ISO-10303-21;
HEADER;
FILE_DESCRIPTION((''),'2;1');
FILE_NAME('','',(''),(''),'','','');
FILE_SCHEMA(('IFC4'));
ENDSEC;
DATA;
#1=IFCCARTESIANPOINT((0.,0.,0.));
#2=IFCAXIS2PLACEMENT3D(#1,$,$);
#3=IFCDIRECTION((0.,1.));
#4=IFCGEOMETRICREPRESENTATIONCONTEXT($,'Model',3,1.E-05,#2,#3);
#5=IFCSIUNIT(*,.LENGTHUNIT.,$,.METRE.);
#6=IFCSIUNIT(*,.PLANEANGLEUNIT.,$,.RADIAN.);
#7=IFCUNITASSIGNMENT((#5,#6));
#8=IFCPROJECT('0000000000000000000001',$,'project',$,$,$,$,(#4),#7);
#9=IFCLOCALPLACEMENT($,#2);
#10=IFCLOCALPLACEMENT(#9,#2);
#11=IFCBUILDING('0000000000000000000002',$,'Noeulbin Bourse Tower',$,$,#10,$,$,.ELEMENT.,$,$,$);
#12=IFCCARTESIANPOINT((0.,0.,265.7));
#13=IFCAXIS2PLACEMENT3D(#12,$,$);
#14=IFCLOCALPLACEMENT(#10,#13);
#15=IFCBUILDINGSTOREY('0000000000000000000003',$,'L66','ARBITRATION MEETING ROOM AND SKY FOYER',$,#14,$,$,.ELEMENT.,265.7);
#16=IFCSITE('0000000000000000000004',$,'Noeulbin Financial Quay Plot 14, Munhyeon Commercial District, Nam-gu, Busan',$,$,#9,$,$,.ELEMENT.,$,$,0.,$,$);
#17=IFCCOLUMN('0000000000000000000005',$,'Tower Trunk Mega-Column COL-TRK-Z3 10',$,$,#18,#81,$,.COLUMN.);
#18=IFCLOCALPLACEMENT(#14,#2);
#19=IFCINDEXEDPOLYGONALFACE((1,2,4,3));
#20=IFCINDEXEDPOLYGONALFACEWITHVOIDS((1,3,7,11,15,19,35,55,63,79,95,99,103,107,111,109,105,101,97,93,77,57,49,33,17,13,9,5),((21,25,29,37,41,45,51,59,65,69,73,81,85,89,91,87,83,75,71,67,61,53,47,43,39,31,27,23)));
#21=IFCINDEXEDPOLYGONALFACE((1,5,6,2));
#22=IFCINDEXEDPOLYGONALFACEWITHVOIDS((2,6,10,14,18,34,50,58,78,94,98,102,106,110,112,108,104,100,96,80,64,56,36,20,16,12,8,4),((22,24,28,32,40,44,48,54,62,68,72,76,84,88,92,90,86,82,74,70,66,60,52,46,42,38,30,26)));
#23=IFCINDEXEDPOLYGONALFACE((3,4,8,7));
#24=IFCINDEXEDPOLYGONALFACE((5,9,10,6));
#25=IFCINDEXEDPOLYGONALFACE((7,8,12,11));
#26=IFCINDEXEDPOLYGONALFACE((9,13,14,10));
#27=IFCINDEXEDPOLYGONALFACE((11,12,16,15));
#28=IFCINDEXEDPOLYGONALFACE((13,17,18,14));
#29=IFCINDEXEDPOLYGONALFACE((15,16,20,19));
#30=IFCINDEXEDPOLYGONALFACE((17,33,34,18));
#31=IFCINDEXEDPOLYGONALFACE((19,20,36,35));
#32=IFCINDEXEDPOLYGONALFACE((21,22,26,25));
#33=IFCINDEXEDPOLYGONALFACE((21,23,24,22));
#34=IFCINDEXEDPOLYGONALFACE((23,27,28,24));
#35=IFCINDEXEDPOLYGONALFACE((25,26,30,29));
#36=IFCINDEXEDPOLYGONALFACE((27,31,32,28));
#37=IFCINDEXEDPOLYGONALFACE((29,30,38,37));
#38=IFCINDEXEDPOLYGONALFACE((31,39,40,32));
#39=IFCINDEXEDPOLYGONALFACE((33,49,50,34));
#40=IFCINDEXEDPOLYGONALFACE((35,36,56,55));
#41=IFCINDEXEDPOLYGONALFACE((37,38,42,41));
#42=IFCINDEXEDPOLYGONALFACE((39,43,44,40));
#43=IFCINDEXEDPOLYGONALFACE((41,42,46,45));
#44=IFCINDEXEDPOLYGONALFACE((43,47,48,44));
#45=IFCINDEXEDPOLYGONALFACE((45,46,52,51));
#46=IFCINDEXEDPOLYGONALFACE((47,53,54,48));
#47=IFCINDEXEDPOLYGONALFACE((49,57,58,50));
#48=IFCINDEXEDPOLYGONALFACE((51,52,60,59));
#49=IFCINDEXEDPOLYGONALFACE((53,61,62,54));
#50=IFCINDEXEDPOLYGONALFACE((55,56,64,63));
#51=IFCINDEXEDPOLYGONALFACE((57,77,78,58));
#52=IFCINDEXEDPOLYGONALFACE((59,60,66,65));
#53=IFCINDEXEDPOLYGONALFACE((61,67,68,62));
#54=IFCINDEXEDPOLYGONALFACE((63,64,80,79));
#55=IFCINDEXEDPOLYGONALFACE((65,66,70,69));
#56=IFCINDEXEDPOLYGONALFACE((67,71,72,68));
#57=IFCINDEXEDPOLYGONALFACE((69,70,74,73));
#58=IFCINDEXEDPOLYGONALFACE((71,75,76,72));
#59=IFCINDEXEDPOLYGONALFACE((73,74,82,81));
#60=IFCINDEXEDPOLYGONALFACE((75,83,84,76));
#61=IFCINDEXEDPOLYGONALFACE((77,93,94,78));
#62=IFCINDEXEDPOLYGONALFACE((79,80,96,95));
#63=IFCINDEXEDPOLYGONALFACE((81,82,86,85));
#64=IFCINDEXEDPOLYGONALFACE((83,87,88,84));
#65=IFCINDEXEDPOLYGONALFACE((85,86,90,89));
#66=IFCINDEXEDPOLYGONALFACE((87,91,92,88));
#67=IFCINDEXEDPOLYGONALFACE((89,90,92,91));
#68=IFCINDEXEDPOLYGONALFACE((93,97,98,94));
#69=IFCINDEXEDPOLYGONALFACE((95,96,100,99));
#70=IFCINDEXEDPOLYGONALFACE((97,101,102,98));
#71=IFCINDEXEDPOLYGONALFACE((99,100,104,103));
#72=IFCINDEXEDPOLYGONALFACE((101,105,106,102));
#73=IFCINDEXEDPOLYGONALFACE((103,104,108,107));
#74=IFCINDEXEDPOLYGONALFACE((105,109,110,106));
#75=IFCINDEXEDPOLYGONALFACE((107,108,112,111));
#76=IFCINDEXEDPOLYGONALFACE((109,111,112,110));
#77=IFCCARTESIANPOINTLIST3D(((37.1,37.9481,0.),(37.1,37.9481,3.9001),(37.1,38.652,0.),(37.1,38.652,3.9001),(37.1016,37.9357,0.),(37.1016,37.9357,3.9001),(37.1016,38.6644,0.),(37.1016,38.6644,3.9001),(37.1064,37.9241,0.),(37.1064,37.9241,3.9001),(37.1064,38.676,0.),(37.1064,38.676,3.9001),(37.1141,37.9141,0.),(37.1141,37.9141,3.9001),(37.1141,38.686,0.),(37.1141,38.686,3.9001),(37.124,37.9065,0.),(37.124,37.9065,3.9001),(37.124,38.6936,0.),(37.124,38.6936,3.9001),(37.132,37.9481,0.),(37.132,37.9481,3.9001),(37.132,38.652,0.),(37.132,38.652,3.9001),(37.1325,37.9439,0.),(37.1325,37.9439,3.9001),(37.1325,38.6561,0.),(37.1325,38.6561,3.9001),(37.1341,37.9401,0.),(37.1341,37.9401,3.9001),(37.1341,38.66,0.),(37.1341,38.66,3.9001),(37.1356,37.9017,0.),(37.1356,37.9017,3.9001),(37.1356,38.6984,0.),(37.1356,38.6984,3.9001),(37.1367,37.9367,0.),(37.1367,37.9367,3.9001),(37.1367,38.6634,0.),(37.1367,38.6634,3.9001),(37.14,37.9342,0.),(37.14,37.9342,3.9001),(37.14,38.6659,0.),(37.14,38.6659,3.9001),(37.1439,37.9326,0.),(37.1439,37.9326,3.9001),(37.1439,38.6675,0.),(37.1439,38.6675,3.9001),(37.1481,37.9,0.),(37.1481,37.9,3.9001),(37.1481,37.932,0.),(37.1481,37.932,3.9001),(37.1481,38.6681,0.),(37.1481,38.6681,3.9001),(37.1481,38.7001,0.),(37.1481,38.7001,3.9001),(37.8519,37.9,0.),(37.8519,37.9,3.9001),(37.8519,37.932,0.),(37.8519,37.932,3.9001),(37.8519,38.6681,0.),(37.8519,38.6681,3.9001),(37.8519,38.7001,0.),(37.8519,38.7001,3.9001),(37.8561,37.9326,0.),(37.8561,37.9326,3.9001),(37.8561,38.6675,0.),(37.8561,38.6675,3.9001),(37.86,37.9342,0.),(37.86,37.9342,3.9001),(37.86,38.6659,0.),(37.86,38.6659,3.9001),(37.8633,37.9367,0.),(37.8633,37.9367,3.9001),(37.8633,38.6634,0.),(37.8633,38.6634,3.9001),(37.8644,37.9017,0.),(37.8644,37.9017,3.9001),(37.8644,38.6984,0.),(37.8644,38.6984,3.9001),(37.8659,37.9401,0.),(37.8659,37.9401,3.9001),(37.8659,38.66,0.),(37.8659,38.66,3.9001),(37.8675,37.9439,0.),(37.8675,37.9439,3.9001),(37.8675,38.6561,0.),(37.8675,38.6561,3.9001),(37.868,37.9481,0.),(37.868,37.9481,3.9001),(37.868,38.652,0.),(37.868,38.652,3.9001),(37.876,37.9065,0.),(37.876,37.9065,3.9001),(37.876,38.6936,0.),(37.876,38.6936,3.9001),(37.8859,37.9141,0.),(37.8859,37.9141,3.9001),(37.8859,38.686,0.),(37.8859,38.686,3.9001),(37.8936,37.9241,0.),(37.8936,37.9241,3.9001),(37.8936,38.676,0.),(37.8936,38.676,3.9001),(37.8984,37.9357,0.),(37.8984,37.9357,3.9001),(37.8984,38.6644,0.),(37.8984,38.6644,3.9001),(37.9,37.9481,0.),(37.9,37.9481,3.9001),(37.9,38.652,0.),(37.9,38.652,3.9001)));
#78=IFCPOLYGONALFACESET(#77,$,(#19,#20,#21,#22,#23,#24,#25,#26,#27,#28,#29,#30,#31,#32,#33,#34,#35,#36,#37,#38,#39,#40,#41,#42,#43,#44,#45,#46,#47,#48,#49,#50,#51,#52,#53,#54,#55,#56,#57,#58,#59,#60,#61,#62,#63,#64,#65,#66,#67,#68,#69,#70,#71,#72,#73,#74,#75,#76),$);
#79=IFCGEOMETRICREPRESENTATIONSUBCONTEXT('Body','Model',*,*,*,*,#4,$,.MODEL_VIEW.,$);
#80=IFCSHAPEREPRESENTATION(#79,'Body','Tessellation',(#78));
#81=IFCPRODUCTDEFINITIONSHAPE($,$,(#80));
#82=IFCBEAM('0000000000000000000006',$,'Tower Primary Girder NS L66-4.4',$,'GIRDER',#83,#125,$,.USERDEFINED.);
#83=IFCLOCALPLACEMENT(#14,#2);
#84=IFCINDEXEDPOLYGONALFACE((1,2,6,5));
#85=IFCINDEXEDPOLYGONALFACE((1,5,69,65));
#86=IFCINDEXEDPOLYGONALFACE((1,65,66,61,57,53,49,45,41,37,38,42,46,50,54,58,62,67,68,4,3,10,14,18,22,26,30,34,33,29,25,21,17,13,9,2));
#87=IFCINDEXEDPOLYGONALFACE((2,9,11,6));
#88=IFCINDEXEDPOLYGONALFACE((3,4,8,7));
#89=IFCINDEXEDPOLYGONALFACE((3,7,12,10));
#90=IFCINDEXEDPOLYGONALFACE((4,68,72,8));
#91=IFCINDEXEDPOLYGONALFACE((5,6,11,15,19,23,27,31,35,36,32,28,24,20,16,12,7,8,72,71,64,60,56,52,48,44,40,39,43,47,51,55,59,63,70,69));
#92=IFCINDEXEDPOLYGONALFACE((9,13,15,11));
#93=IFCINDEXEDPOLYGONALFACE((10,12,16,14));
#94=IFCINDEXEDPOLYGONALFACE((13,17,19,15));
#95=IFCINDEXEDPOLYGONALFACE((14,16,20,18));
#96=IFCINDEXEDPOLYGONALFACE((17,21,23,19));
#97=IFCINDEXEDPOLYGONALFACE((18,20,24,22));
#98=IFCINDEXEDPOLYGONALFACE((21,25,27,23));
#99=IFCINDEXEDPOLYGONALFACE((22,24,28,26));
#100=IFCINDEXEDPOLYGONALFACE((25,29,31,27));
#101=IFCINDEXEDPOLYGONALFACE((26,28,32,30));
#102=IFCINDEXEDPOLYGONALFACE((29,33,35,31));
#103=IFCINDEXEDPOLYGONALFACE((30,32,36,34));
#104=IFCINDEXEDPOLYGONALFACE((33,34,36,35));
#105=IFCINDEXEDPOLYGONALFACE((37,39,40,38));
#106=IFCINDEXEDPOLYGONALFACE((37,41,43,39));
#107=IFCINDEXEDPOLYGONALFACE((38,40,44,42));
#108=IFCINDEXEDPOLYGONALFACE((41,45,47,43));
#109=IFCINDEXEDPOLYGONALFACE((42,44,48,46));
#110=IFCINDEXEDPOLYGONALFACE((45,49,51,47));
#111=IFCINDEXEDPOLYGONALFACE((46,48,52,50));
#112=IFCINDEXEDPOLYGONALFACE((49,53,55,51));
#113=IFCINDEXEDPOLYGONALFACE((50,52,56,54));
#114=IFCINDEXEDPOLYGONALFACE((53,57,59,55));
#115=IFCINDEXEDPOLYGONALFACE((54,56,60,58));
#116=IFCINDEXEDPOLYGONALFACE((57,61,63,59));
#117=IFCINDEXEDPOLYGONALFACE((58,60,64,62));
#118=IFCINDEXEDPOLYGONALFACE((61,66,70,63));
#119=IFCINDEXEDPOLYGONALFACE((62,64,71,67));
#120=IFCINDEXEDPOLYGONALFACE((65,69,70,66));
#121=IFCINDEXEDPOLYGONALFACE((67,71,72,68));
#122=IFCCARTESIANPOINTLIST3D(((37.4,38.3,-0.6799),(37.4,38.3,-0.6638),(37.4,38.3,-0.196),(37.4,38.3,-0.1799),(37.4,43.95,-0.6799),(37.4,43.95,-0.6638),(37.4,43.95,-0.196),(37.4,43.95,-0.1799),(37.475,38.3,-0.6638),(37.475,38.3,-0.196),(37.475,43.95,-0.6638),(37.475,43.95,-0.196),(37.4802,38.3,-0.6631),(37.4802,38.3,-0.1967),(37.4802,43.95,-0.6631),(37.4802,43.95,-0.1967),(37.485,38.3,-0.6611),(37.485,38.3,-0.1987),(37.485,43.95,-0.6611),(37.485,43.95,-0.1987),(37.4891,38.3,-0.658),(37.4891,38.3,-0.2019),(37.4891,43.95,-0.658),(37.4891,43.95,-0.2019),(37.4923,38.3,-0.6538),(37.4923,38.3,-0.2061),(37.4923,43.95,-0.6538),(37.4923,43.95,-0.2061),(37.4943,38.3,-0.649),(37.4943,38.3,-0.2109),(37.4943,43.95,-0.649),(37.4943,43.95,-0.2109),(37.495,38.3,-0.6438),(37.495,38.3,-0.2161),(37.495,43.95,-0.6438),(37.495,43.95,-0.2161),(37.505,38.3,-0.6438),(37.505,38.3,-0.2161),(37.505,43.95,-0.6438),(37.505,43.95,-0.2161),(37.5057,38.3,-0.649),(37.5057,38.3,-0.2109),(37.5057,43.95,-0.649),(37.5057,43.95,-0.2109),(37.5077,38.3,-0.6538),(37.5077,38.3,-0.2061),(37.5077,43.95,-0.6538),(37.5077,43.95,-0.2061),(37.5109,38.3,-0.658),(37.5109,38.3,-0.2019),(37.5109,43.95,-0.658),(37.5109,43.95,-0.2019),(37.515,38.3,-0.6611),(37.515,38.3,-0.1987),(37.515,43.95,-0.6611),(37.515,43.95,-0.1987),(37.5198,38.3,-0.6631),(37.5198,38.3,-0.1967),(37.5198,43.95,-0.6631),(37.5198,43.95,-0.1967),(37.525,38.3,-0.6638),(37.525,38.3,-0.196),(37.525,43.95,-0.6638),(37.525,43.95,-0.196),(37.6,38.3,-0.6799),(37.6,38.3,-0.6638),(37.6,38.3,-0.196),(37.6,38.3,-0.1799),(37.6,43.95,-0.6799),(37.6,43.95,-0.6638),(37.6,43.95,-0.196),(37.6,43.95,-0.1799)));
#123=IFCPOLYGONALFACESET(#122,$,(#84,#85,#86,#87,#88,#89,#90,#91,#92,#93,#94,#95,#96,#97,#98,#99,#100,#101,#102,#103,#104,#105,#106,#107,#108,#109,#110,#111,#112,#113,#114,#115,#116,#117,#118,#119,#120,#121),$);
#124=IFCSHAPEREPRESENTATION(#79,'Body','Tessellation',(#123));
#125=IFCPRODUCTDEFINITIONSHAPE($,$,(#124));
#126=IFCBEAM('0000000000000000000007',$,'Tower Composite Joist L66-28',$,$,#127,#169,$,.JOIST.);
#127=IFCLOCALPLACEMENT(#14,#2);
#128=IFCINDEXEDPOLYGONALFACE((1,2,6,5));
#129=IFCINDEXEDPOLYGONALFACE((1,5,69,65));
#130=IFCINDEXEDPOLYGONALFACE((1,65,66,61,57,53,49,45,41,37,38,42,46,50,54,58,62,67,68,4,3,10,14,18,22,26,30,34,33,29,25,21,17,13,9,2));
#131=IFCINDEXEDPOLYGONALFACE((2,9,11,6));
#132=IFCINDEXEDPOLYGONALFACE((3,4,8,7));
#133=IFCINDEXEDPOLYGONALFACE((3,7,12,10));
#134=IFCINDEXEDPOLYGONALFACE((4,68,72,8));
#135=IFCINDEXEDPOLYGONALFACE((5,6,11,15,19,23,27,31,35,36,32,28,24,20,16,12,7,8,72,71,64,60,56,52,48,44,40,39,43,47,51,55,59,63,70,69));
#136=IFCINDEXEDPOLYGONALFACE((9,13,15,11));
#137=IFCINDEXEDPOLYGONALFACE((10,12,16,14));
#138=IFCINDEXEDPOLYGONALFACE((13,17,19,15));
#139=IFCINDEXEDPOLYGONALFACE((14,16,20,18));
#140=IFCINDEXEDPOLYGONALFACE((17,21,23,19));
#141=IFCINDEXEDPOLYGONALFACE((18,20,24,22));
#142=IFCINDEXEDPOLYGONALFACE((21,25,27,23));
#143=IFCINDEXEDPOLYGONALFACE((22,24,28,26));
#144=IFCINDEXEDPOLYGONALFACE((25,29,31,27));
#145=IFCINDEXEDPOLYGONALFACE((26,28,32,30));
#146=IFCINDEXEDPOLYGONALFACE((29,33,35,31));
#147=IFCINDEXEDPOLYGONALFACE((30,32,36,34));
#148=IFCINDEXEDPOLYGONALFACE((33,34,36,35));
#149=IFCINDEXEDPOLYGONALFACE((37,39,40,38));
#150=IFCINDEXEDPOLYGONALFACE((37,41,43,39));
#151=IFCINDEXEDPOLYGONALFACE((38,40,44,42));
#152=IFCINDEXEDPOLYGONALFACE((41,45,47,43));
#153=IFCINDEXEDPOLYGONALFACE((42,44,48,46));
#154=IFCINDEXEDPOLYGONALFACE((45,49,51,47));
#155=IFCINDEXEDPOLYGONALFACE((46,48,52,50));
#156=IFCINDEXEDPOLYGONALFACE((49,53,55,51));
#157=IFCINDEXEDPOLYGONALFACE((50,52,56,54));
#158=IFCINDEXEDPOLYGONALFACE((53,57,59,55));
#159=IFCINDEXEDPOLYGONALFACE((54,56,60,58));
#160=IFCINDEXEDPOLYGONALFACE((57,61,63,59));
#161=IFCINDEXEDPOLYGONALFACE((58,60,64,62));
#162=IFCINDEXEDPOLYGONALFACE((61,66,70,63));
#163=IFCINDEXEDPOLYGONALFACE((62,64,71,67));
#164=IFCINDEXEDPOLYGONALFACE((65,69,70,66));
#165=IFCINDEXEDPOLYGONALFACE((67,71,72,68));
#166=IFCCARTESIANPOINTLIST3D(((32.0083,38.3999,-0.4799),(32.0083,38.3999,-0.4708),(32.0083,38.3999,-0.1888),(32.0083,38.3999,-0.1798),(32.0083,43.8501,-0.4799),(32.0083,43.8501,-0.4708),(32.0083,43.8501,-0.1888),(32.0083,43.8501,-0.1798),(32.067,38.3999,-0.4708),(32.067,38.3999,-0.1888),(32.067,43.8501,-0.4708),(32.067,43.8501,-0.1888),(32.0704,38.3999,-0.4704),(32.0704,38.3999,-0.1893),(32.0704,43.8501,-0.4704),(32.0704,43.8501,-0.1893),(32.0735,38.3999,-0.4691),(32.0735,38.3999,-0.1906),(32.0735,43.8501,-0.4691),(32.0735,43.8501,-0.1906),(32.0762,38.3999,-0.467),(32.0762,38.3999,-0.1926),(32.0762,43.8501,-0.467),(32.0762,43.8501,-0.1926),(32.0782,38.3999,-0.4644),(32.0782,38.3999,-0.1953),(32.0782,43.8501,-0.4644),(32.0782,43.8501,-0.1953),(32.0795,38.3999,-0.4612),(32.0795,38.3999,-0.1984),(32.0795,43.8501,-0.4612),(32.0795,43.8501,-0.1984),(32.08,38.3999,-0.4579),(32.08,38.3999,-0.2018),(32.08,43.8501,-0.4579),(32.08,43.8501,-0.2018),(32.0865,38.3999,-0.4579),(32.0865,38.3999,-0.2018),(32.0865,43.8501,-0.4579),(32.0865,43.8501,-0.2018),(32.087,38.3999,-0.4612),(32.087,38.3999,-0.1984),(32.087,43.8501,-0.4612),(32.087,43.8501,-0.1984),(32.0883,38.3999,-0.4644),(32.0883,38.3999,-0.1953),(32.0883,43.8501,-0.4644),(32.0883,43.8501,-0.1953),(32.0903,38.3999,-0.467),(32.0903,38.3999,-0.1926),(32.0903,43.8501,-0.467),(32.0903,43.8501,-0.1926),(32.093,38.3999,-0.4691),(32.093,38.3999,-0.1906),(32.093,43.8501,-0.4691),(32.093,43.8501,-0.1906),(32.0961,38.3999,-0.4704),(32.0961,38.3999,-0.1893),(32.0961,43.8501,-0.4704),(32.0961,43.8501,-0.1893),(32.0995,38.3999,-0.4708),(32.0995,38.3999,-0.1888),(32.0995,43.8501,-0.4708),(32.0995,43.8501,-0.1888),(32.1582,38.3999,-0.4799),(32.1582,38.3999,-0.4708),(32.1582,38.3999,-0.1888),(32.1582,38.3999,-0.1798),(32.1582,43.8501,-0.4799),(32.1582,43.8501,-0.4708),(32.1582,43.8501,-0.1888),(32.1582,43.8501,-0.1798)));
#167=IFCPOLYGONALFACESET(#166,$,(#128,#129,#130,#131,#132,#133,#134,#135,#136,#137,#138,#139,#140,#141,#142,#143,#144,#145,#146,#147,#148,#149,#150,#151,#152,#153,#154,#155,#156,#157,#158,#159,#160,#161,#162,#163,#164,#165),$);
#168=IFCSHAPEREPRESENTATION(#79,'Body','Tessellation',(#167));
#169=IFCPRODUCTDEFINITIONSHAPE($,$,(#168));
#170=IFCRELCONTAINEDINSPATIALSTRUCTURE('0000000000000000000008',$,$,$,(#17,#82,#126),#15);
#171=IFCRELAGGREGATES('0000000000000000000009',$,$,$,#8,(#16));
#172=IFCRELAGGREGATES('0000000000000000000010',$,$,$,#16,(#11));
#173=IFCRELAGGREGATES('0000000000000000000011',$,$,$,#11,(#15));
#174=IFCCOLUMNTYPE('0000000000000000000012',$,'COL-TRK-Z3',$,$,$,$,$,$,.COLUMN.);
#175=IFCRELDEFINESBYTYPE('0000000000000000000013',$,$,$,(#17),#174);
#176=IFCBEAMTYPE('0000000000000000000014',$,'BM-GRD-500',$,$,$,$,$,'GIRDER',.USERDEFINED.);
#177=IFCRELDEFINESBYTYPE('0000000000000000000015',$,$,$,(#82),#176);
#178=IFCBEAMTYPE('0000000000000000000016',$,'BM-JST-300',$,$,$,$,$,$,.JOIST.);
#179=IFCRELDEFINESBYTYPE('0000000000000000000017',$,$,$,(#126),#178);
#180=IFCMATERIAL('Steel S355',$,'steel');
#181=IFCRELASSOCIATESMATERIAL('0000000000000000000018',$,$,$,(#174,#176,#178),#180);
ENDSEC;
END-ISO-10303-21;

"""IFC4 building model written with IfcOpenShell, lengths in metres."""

from ifc_helpers import new_model, si_unit, direction, frame, origin, origin_2d, place, context, subcontext, project, spatial, hollow_rectangle, i_section, extrude, material, material_profile, profile_set, type_object, element, save


model = new_model("IFC4")

# Units and contexts
model_context = context("Model", 3, precision=1e-05, world=origin(), true_north=direction((0.0, 1.0)))
body_context = subcontext(model_context, "Body", "Model", "MODEL_VIEW")
ifc_project = project(units=[si_unit("LENGTHUNIT", "METRE"), si_unit("PLANEANGLEUNIT", "RADIAN")], contexts=[model_context])

# Site, building, storey
site_placement = place(None, origin())
site = spatial("IfcSite", under=ifc_project, at=site_placement, Name="Noeulbin Financial Quay Plot 14, Munhyeon Commercial District, Nam-gu, Busan", CompositionType="ELEMENT", RefElevation=0.0)
building_placement = place(site_placement, origin())
building = spatial("IfcBuilding", under=site, at=building_placement, Name="Noeulbin Bourse Tower", CompositionType="ELEMENT")
storey_placement = place(building_placement, frame((0.0, 0.0, 265.7)))
storey = spatial("IfcBuildingStorey", under=building, at=storey_placement, Name="L66", Description="ARBITRATION MEETING ROOM AND SKY FOYER", CompositionType="ELEMENT", Elevation=265.7)

# Column
ifc_material_1 = material(Name="Steel S355", Category="steel")
ifc_material_profile_1 = material_profile(ifc_material_1, hollow_rectangle(XDim=0.8, YDim=0.8, WallThickness=0.032, InnerFilletRadius=0.0161, OuterFilletRadius=0.0481, at=origin_2d()), Name="BOX-800x800x32", Category="LoadBearing")
ifc_profile_set_1 = profile_set([ifc_material_profile_1], Name="Steel S355")
column_type = type_object("IfcColumnType", Name="COL-TRK-Z3", PredefinedType="COLUMN", material=ifc_profile_set_1)
column_placement = place(storey_placement, frame((37.5, 38.3, 0.0), z_axis=(0.0, 0.0, 1.0), x_axis=(1.0, 0.0, 0.0)))
element("IfcColumn", 1, at=column_placement, inside=storey, type_object=column_type, Name="Tower Trunk Mega-Column COL-TRK-Z3 10", PredefinedType="COLUMN", context=body_context, shape_type="SweptSolid", body=[
    extrude(hollow_rectangle(XDim=0.8, YDim=0.8, WallThickness=0.032, InnerFilletRadius=0.0161, OuterFilletRadius=0.0481, at=origin_2d()), origin(), (0.0, 0.0, 1.0), 3.9001),
])

# Beams
ifc_material_profile_2 = material_profile(ifc_material_1, i_section(OverallWidth=0.2, OverallDepth=0.5, WebThickness=0.01, FlangeThickness=0.0161, FilletRadius=0.02, at=origin_2d()), Name="H-500x200x10x16", Category="LoadBearing")
ifc_profile_set_2 = profile_set([ifc_material_profile_2], Name="Steel S355")
beam_type_1 = type_object("IfcBeamType", Name="BM-GRD-500", ElementType="GIRDER", PredefinedType="USERDEFINED", material=ifc_profile_set_2)
beam_placement = place(storey_placement, frame((37.5, 38.3, -0.4299), z_axis=(0.0, 1.0, 0.0), x_axis=(-1.0, 0.0, 0.0)))
element("IfcBeam", 2, at=beam_placement, inside=storey, type_object=beam_type_1, Name="Tower Primary Girder NS L66-4.4", ObjectType="GIRDER", PredefinedType="USERDEFINED", context=body_context, shape_type="SweptSolid", body=[
    extrude(i_section(OverallWidth=0.2, OverallDepth=0.5, WebThickness=0.01, FlangeThickness=0.0161, FilletRadius=0.02, at=origin_2d()), origin(), (0.0, 0.0, 1.0), 5.6499),
])
ifc_material_profile_3 = material_profile(ifc_material_1, i_section(OverallWidth=0.1499, OverallDepth=0.3, WebThickness=0.0066, FlangeThickness=0.009, FilletRadius=0.0129, at=origin_2d()), Name="H-300x150x6.5x9", Category="LoadBearing")
ifc_profile_set_3 = profile_set([ifc_material_profile_3], Name="Steel S355")
beam_type_2 = type_object("IfcBeamType", Name="BM-JST-300", PredefinedType="JOIST", material=ifc_profile_set_3)
for number, where, z_axis, x_axis, name in (
    (3, (32.0833, 38.3999, -0.3298), (0.0, 1.0, 0.0), (-1.0, 0.0, 0.0), "Tower Composite Joist L66-28"),
):
    element("IfcBeam", number, at=place(storey_placement, frame(where, z_axis=z_axis, x_axis=x_axis)), inside=storey, type_object=beam_type_2, Name=name, PredefinedType="JOIST", context=body_context, shape_type="SweptSolid", body=[
        extrude(i_section(OverallWidth=0.1499, OverallDepth=0.3, WebThickness=0.0066, FlangeThickness=0.009, FilletRadius=0.0129, at=origin_2d()), origin(), (0.0, 0.0, 1.0), 5.4502),
    ])

save(model, "model.ifc")
